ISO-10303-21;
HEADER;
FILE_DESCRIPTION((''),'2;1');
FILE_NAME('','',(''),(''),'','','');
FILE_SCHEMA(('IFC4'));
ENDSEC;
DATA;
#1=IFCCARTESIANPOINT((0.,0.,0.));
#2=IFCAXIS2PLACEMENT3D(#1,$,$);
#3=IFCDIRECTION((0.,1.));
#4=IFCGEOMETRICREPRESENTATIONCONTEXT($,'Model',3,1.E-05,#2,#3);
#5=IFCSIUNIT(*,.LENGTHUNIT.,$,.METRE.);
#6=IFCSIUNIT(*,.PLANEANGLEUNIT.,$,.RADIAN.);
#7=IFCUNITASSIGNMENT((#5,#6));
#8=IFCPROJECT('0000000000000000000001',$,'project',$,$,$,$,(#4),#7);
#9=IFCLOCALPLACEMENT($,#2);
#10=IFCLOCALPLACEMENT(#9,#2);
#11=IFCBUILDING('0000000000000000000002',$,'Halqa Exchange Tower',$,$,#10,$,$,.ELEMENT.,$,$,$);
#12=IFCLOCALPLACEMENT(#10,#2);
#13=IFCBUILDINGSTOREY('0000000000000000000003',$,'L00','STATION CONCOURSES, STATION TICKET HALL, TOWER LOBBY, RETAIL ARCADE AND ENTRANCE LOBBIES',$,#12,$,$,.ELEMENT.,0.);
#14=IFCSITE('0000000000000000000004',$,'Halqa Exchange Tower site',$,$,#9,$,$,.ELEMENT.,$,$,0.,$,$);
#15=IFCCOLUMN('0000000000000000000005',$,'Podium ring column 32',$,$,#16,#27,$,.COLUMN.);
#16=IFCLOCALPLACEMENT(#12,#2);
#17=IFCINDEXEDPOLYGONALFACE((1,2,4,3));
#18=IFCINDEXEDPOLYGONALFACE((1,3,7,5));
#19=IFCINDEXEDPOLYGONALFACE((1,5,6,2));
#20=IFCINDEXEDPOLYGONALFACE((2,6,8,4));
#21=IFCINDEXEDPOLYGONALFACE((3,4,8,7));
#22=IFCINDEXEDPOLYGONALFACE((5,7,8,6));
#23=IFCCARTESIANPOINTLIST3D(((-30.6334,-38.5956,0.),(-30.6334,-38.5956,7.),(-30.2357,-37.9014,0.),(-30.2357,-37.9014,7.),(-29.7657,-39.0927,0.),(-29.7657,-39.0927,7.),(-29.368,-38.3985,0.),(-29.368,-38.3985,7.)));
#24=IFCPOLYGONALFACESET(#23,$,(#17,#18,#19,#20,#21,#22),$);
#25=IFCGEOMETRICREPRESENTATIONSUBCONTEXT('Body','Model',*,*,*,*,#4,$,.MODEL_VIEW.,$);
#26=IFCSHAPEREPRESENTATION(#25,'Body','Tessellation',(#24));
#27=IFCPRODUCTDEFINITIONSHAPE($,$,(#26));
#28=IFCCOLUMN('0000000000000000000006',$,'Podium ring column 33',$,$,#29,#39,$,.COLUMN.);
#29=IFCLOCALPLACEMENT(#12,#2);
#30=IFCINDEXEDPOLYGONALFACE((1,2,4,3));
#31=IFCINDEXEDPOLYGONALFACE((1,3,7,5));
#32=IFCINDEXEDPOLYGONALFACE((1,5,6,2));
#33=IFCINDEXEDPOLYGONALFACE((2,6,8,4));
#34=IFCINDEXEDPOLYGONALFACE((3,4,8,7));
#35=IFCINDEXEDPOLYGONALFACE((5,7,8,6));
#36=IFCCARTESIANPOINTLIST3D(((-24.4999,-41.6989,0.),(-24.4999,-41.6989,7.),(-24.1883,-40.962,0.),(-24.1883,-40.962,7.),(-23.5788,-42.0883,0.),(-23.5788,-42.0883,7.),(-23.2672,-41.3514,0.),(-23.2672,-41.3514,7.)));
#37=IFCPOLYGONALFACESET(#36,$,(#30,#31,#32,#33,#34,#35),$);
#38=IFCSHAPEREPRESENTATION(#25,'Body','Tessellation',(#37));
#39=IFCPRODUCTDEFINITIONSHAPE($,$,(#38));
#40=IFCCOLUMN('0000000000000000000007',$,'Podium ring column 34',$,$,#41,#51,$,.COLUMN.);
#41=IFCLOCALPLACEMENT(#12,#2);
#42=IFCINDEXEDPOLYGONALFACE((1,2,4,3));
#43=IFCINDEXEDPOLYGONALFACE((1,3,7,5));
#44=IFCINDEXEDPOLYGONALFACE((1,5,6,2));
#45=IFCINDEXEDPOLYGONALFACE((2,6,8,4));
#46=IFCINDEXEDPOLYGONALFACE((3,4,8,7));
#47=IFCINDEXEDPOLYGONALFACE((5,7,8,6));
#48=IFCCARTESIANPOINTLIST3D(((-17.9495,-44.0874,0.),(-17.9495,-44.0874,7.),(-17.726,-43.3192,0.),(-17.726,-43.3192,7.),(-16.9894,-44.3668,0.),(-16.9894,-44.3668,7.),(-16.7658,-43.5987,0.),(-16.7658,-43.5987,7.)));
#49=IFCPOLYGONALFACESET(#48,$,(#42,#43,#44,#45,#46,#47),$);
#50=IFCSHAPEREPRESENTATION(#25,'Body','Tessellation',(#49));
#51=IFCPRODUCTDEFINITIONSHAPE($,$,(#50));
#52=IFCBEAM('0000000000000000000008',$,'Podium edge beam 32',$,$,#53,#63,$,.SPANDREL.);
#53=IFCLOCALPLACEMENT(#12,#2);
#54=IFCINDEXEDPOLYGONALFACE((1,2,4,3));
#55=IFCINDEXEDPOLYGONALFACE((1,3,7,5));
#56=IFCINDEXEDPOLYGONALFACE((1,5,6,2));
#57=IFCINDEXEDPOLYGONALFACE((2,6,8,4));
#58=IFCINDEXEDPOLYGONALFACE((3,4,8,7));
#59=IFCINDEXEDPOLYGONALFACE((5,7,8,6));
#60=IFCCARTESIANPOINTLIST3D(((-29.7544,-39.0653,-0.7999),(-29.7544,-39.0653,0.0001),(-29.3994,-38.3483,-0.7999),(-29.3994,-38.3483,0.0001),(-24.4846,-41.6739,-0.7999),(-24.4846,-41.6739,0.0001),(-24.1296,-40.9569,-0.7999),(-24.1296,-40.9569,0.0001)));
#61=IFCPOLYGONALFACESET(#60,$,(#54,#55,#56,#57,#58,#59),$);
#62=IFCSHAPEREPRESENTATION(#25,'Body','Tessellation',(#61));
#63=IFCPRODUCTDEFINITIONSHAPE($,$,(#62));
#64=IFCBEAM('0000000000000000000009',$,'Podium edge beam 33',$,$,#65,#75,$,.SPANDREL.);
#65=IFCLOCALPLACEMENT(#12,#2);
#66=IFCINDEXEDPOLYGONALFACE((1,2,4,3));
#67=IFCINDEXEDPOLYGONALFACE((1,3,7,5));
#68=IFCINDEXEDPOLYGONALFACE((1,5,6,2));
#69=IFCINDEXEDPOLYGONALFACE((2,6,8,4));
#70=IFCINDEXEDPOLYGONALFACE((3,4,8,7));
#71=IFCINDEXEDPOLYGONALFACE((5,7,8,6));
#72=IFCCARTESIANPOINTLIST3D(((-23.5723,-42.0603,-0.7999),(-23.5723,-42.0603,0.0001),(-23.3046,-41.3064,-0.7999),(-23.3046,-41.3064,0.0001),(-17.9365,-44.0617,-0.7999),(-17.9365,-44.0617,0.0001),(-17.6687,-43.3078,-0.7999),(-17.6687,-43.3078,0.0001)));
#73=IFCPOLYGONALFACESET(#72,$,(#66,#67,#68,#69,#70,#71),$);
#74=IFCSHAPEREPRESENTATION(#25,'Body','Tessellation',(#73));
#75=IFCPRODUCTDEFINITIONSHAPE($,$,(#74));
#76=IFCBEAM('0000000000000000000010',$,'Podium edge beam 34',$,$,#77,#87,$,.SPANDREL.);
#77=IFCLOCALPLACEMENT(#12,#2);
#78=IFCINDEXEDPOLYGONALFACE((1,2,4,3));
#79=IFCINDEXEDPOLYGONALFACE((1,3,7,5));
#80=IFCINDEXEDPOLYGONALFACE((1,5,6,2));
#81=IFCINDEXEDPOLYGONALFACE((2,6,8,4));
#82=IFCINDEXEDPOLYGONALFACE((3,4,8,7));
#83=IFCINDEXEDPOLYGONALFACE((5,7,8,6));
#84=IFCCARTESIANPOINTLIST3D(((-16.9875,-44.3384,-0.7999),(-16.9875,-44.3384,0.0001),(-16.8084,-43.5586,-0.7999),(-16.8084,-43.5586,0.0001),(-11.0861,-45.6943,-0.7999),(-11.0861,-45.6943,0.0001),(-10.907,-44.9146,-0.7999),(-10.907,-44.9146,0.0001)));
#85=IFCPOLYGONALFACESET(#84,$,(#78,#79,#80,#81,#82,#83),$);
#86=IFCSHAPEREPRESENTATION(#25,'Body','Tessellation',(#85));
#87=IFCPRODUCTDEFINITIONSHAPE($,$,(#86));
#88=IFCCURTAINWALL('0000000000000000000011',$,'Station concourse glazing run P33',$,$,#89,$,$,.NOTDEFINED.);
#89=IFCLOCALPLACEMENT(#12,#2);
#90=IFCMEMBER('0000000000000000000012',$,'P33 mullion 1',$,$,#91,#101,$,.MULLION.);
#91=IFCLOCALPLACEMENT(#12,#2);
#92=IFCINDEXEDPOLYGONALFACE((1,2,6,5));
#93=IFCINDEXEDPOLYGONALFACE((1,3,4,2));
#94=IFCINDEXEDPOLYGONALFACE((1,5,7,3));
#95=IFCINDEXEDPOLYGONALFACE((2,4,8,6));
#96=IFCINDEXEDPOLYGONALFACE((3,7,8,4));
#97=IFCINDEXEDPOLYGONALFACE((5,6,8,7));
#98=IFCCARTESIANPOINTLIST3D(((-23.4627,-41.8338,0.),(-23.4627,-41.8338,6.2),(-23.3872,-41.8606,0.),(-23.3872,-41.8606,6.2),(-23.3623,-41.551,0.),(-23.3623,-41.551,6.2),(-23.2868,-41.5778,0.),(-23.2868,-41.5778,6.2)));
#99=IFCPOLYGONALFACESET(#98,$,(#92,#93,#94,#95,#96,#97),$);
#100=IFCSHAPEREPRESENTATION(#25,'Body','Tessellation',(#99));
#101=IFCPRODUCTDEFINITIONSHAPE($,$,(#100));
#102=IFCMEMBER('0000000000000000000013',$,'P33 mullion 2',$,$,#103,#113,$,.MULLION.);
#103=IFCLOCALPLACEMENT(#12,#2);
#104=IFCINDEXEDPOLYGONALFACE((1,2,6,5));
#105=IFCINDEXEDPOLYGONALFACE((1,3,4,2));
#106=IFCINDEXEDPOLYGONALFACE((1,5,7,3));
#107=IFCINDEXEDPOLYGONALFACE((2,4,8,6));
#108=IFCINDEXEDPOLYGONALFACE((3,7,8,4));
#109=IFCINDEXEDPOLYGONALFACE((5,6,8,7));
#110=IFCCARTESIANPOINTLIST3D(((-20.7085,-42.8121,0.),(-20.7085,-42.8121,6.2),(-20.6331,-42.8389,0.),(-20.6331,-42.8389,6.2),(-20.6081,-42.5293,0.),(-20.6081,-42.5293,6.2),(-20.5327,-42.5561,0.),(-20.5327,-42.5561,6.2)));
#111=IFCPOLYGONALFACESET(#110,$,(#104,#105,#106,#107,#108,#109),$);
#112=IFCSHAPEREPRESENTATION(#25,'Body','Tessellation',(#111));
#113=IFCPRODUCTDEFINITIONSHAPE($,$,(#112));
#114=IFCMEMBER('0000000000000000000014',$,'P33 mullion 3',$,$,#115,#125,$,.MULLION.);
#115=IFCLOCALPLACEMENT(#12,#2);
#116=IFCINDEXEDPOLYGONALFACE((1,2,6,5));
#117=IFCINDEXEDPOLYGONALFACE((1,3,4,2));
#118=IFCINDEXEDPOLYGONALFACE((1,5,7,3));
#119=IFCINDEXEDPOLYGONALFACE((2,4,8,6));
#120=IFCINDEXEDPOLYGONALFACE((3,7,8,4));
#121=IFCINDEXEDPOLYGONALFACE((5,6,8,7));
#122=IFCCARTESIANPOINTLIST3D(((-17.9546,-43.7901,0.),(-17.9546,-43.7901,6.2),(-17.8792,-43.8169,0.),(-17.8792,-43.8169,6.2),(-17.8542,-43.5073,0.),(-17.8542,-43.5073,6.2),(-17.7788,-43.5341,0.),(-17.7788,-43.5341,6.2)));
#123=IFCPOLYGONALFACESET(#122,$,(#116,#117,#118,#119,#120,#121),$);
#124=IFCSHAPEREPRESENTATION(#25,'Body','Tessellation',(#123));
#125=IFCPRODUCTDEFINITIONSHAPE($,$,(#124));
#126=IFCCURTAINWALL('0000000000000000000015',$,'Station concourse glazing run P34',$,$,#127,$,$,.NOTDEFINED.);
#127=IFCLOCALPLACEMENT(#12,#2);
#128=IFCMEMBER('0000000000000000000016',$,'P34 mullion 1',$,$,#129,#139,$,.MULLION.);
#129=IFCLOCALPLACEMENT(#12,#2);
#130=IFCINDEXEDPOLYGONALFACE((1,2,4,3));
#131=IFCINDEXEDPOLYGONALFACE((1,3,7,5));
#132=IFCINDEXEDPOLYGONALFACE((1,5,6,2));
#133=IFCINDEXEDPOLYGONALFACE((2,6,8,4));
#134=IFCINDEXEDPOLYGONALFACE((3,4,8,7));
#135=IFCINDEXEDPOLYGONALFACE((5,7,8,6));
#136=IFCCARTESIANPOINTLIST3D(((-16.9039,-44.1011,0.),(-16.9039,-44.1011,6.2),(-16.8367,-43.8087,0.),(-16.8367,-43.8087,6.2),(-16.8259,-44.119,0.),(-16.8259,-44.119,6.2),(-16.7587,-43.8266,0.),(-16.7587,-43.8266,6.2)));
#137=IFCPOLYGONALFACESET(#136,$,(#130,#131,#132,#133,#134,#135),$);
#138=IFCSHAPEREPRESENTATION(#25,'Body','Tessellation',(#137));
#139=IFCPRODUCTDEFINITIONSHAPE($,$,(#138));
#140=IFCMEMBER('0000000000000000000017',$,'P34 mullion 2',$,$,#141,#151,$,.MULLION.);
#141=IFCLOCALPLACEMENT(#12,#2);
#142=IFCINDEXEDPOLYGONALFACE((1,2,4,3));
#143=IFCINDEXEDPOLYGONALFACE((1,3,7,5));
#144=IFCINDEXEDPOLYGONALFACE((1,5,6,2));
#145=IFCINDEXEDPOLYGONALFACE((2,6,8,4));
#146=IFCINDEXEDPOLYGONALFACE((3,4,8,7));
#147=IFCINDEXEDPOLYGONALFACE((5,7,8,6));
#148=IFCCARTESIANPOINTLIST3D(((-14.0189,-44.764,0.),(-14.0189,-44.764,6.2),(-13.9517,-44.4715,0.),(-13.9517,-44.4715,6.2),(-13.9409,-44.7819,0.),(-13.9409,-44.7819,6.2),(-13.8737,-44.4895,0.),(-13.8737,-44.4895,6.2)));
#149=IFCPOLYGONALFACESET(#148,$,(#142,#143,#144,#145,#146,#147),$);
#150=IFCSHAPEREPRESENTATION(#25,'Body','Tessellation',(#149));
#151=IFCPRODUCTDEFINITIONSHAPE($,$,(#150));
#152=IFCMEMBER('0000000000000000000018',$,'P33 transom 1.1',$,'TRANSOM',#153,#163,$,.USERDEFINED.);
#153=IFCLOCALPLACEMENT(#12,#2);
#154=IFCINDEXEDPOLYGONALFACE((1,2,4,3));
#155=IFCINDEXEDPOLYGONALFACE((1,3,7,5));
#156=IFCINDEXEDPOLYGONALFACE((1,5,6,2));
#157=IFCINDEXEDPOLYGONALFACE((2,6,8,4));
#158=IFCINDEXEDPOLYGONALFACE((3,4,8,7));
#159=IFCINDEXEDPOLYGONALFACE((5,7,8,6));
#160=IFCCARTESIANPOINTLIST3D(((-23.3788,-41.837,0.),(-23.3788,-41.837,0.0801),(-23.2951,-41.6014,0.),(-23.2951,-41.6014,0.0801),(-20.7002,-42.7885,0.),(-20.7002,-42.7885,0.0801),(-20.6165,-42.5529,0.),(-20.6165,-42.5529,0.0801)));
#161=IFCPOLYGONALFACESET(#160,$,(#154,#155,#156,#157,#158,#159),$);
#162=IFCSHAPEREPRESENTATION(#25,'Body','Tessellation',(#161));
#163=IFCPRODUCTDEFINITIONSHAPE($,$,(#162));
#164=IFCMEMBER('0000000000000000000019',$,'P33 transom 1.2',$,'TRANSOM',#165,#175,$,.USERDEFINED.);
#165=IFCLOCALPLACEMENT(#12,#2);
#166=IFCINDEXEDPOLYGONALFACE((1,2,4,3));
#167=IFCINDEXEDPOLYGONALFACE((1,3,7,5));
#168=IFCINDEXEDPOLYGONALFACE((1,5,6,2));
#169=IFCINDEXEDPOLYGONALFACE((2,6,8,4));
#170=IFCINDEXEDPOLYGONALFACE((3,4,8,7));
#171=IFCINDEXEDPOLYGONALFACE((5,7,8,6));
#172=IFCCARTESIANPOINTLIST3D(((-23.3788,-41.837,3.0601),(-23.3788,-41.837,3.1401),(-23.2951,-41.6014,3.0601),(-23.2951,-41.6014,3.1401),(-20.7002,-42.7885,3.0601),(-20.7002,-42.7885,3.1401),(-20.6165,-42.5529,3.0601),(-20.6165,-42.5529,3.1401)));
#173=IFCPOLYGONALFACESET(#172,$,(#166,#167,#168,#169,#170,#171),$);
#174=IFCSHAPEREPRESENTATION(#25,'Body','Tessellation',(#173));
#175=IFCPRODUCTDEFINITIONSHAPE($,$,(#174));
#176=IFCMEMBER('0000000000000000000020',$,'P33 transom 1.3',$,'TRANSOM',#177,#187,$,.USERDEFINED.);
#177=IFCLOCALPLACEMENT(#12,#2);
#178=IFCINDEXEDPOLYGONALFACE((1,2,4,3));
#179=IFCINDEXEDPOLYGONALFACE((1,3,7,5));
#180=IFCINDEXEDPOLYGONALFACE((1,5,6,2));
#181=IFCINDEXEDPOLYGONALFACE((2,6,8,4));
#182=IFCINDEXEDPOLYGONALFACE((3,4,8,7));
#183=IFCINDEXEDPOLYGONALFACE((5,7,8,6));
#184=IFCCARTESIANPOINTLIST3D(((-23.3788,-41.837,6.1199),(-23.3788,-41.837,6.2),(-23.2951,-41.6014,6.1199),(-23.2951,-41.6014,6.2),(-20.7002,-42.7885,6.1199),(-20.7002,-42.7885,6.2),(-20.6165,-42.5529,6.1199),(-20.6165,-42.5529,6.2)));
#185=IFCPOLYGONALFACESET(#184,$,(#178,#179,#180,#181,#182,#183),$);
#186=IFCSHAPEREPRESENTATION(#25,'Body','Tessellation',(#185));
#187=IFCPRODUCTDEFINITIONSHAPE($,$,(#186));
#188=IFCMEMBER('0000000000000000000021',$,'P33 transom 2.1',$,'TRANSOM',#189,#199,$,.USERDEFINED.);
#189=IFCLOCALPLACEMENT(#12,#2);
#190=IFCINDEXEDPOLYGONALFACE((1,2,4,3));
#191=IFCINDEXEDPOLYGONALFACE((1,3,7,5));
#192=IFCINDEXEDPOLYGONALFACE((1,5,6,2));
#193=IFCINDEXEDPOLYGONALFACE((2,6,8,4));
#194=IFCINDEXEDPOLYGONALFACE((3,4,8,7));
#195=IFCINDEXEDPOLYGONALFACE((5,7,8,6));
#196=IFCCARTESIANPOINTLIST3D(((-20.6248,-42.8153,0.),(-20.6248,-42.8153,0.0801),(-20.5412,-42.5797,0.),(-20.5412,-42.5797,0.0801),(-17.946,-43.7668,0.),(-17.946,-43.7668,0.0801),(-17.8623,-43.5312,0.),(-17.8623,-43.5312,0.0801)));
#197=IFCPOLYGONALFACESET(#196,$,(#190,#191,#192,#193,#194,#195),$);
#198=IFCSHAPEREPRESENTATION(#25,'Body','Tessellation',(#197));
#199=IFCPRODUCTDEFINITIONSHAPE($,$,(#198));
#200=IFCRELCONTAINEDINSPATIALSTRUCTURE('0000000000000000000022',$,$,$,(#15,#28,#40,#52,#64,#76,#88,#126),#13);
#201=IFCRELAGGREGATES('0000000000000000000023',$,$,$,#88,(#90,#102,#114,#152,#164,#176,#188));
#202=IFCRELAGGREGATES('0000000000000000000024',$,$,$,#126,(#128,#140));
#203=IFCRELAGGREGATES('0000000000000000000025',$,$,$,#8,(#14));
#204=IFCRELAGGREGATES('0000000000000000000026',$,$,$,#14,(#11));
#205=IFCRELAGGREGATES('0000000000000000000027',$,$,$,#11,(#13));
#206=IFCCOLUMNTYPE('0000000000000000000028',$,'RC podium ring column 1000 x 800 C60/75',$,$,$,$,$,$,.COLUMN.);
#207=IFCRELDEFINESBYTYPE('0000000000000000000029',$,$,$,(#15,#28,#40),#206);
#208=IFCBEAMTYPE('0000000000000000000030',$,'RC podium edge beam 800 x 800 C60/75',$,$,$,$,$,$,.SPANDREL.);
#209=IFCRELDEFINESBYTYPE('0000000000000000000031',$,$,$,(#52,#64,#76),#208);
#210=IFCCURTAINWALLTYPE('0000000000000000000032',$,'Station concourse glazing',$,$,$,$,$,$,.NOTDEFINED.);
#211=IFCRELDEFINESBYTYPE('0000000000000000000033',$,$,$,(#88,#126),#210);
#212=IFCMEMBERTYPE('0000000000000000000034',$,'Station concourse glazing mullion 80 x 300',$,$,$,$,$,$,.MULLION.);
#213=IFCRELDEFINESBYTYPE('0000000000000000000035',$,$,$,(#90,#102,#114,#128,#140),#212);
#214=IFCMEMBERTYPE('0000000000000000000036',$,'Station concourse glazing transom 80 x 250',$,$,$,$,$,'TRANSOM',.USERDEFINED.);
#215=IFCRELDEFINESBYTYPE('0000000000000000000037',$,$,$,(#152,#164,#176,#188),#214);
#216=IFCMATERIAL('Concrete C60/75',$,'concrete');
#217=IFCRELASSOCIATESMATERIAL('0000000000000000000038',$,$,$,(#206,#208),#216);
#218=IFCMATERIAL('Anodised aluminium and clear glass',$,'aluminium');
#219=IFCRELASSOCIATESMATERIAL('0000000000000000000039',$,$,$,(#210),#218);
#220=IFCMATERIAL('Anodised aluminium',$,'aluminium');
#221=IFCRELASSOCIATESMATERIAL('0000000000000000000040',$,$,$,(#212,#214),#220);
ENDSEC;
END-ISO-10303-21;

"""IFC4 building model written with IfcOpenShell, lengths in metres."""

from ifc_helpers import new_model, si_unit, direction, frame, origin, origin_2d, place, context, subcontext, project, spatial, rectangle, extrude, material, material_profile, profile_set, type_object, element, aggregate, save


model = new_model("IFC4")

# Units and contexts
model_context = context("Model", 3, precision=1e-05, world=origin(), true_north=direction((0.0, 1.0)))
body_context = subcontext(model_context, "Body", "Model", "MODEL_VIEW")
ifc_project = project(units=[si_unit("LENGTHUNIT", "METRE"), si_unit("PLANEANGLEUNIT", "RADIAN")], contexts=[model_context])

# Site, building, storey
site_placement = place(None, origin())
site = spatial("IfcSite", under=ifc_project, at=site_placement, Name="Halqa Exchange Tower site", CompositionType="ELEMENT", RefElevation=0.0)
building_placement = place(site_placement, origin())
building = spatial("IfcBuilding", under=site, at=building_placement, Name="Halqa Exchange Tower", CompositionType="ELEMENT")
storey_placement = place(building_placement, origin())
storey = spatial("IfcBuildingStorey", under=building, at=storey_placement, Name="L00", Description="STATION CONCOURSES, STATION TICKET HALL, TOWER LOBBY, RETAIL ARCADE AND ENTRANCE LOBBIES", CompositionType="ELEMENT", Elevation=0.0)

# Columns
ifc_material_1 = material(Name="Concrete C60/75", Category="concrete")
ifc_material_profile_1 = material_profile(ifc_material_1, rectangle(XDim=1.0, YDim=0.8, at=origin_2d()), Name="1000 x 800")
ifc_profile_set_1 = profile_set([ifc_material_profile_1], Name="Concrete C60/75")
column_type = type_object("IfcColumnType", Name="RC podium ring column 1000 x 800 C60/75", PredefinedType="COLUMN", material=ifc_profile_set_1)
for number, where, z_axis, x_axis, name in (
    (1, (-30.0007, -38.4971, 0.0), (0.0, 0.0, 1.0), (0.867693, -0.4971, 0.0), "Podium ring column 32"),
    (2, (-23.8835, -41.5251, 0.0), (0.0, 0.0, 1.0), (0.921048, -0.389449, 0.0), "Podium ring column 33"),
    (3, (-17.3577, -43.843, 0.0), (0.0, 0.0, 1.0), (0.960158, -0.279459, 0.0), "Podium ring column 34"),
):
    element("IfcColumn", number, at=place(storey_placement, frame(where, z_axis=z_axis, x_axis=x_axis)), inside=storey, type_object=column_type, Name=name, PredefinedType="COLUMN", context=body_context, shape_type="SweptSolid", body=[
        extrude(rectangle(XDim=1.0, YDim=0.8, at=origin_2d()), origin(), (0.0, 0.0, 1.0), 7.0),
    ])

# Beams
ifc_material_profile_2 = material_profile(ifc_material_1, rectangle(XDim=0.8, YDim=0.8, at=origin_2d()), Name="800 x 800")
ifc_profile_set_2 = profile_set([ifc_material_profile_2], Name="Concrete C60/75")
beam_type = type_object("IfcBeamType", Name="RC podium edge beam 800 x 800 C60/75", PredefinedType="SPANDREL", material=ifc_profile_set_2)
beam_1_placement = place(storey_placement, frame((-29.5769, -38.7068, -0.3999), z_axis=(0.896205, -0.443639, 0.0), x_axis=(0.443639, 0.896205, 0.0)))
element("IfcBeam", 4, at=beam_1_placement, inside=storey, type_object=beam_type, Name="Podium edge beam 32", PredefinedType="SPANDREL", context=body_context, shape_type="SweptSolid", body=[
    extrude(rectangle(XDim=0.8, YDim=0.8, at=origin_2d()), origin(), (0.0, 0.0, 1.0), 5.8801),
])
beam_2_placement = place(storey_placement, frame((-23.4385, -41.6833, -0.3999), z_axis=(0.942343, -0.334647, 0.0), x_axis=(0.334647, 0.942343, 0.0)))
element("IfcBeam", 5, at=beam_2_placement, inside=storey, type_object=beam_type, Name="Podium edge beam 33", PredefinedType="SPANDREL", context=body_context, shape_type="SweptSolid", body=[
    extrude(rectangle(XDim=0.8, YDim=0.8, at=origin_2d()), origin(), (0.0, 0.0, 1.0), 5.9807),
])
beam_3_placement = place(storey_placement, frame((-16.8979, -43.9485, -0.3999), z_axis=(0.974604, -0.223935, 0.0), x_axis=(0.223935, 0.974604, 0.0)))
element("IfcBeam", 6, at=beam_3_placement, inside=storey, type_object=beam_type, Name="Podium edge beam 34", PredefinedType="SPANDREL", context=body_context, shape_type="SweptSolid", body=[
    extrude(rectangle(XDim=0.8, YDim=0.8, at=origin_2d()), origin(), (0.0, 0.0, 1.0), 6.0552),
])

# Curtain walls, members
ifc_material_2 = material(Name="Anodised aluminium and clear glass", Category="aluminium")
curtain_wall_type = type_object("IfcCurtainWallType", Name="Station concourse glazing", PredefinedType="NOTDEFINED", material=ifc_material_2)
curtain_wall_1_placement = place(storey_placement, origin())
curtain_wall_1 = element("IfcCurtainWall", 7, at=curtain_wall_1_placement, inside=storey, type_object=curtain_wall_type, Name="Station concourse glazing run P33", PredefinedType="NOTDEFINED")
ifc_material_3 = material(Name="Anodised aluminium", Category="aluminium")
ifc_material_profile_3 = material_profile(ifc_material_3, rectangle(XDim=0.3, YDim=0.0801, at=origin_2d()), Name="AL 80x300")
ifc_profile_set_3 = profile_set([ifc_material_profile_3], Name="Anodised aluminium")
member_type_1 = type_object("IfcMemberType", Name="Station concourse glazing mullion 80 x 300", PredefinedType="MULLION", material=ifc_profile_set_3)
member_1_placement = place(storey_placement, frame((-23.3748, -41.7058, 0.0), z_axis=(0.0, 0.0, 1.0), x_axis=(0.334688, 0.942329, 0.0)))
member_1 = element("IfcMember", 8, at=member_1_placement, type_object=member_type_1, Name="P33 mullion 1", PredefinedType="MULLION", context=body_context, shape_type="SweptSolid", body=[
    extrude(rectangle(XDim=0.3, YDim=0.0801, at=origin_2d()), origin(), (0.0, 0.0, 1.0), 6.2),
])
member_2_placement = place(storey_placement, frame((-20.6206, -42.6841, 0.0), z_axis=(0.0, 0.0, 1.0), x_axis=(0.334688, 0.942329, 0.0)))
member_2 = element("IfcMember", 9, at=member_2_placement, type_object=member_type_1, Name="P33 mullion 2", PredefinedType="MULLION", context=body_context, shape_type="SweptSolid", body=[
    extrude(rectangle(XDim=0.3, YDim=0.0801, at=origin_2d()), origin(), (0.0, 0.0, 1.0), 6.2),
])
member_3_placement = place(storey_placement, frame((-17.8667, -43.6621, 0.0), z_axis=(0.0, 0.0, 1.0), x_axis=(0.334688, 0.942329, 0.0)))
member_3 = element("IfcMember", 10, at=member_3_placement, type_object=member_type_1, Name="P33 mullion 3", PredefinedType="MULLION", context=body_context, shape_type="SweptSolid", body=[
    extrude(rectangle(XDim=0.3, YDim=0.0801, at=origin_2d()), origin(), (0.0, 0.0, 1.0), 6.2),
])
curtain_wall_2_placement = place(storey_placement, origin())
curtain_wall_2 = element("IfcCurtainWall", 11, at=curtain_wall_2_placement, inside=storey, type_object=curtain_wall_type, Name="Station concourse glazing run P34", PredefinedType="NOTDEFINED")
member_4_placement = place(storey_placement, frame((-16.8313, -43.9639, 0.0), z_axis=(0.0, 0.0, 1.0), x_axis=(0.223897, 0.974613, 0.0)))
member_4 = element("IfcMember", 12, at=member_4_placement, type_object=member_type_1, Name="P34 mullion 1", PredefinedType="MULLION", context=body_context, shape_type="SweptSolid", body=[
    extrude(rectangle(XDim=0.3, YDim=0.0801, at=origin_2d()), origin(), (0.0, 0.0, 1.0), 6.2),
])
member_5_placement = place(storey_placement, frame((-13.9463, -44.6267, 0.0), z_axis=(0.0, 0.0, 1.0), x_axis=(0.223897, 0.974613, 0.0)))
member_5 = element("IfcMember", 13, at=member_5_placement, type_object=member_type_1, Name="P34 mullion 2", PredefinedType="MULLION", context=body_context, shape_type="SweptSolid", body=[
    extrude(rectangle(XDim=0.3, YDim=0.0801, at=origin_2d()), origin(), (0.0, 0.0, 1.0), 6.2),
])

# Members
ifc_material_profile_4 = material_profile(ifc_material_3, rectangle(XDim=0.25, YDim=0.0801, at=origin_2d()), Name="AL 80x250")
ifc_profile_set_4 = profile_set([ifc_material_profile_4], Name="Anodised aluminium")
member_type_2 = type_object("IfcMemberType", Name="Station concourse glazing transom 80 x 250", ElementType="TRANSOM", PredefinedType="USERDEFINED", material=ifc_profile_set_4)
member_6_placement = place(storey_placement, frame((-23.3369, -41.7192, 0.04), z_axis=(0.942318, -0.33472, 0.0), x_axis=(0.33472, 0.942318, 0.0)))
member_6 = element("IfcMember", 14, at=member_6_placement, type_object=member_type_2, Name="P33 transom 1.1", ObjectType="TRANSOM", PredefinedType="USERDEFINED", context=body_context, shape_type="SweptSolid", body=[
    extrude(rectangle(XDim=0.25, YDim=0.0801, at=origin_2d()), origin(), (0.0, 0.0, 1.0), 2.8425),
])
member_7_placement = place(storey_placement, frame((-23.3369, -41.7192, 3.1001), z_axis=(0.942318, -0.33472, 0.0), x_axis=(0.33472, 0.942318, 0.0)))
member_7 = element("IfcMember", 15, at=member_7_placement, type_object=member_type_2, Name="P33 transom 1.2", ObjectType="TRANSOM", PredefinedType="USERDEFINED", context=body_context, shape_type="SweptSolid", body=[
    extrude(rectangle(XDim=0.25, YDim=0.0801, at=origin_2d()), origin(), (0.0, 0.0, 1.0), 2.8425),
])
member_8_placement = place(storey_placement, frame((-23.3369, -41.7192, 6.1599), z_axis=(0.942318, -0.33472, 0.0), x_axis=(0.33472, 0.942318, 0.0)))
member_8 = element("IfcMember", 16, at=member_8_placement, type_object=member_type_2, Name="P33 transom 1.3", ObjectType="TRANSOM", PredefinedType="USERDEFINED", context=body_context, shape_type="SweptSolid", body=[
    extrude(rectangle(XDim=0.25, YDim=0.0801, at=origin_2d()), origin(), (0.0, 0.0, 1.0), 2.8425),
])
member_9_placement = place(storey_placement, frame((-20.583, -42.6975, 0.04), z_axis=(0.942327, -0.334693, 0.0), x_axis=(0.334693, 0.942327, 0.0)))
member_9 = element("IfcMember", 17, at=member_9_placement, type_object=member_type_2, Name="P33 transom 2.1", ObjectType="TRANSOM", PredefinedType="USERDEFINED", context=body_context, shape_type="SweptSolid", body=[
    extrude(rectangle(XDim=0.25, YDim=0.0801, at=origin_2d()), origin(), (0.0, 0.0, 1.0), 2.8428),
])

aggregate(curtain_wall_1, [member_1, member_2, member_3, member_6, member_7, member_8, member_9])
aggregate(curtain_wall_2, [member_4, member_5])

save(model, "model.ifc")
